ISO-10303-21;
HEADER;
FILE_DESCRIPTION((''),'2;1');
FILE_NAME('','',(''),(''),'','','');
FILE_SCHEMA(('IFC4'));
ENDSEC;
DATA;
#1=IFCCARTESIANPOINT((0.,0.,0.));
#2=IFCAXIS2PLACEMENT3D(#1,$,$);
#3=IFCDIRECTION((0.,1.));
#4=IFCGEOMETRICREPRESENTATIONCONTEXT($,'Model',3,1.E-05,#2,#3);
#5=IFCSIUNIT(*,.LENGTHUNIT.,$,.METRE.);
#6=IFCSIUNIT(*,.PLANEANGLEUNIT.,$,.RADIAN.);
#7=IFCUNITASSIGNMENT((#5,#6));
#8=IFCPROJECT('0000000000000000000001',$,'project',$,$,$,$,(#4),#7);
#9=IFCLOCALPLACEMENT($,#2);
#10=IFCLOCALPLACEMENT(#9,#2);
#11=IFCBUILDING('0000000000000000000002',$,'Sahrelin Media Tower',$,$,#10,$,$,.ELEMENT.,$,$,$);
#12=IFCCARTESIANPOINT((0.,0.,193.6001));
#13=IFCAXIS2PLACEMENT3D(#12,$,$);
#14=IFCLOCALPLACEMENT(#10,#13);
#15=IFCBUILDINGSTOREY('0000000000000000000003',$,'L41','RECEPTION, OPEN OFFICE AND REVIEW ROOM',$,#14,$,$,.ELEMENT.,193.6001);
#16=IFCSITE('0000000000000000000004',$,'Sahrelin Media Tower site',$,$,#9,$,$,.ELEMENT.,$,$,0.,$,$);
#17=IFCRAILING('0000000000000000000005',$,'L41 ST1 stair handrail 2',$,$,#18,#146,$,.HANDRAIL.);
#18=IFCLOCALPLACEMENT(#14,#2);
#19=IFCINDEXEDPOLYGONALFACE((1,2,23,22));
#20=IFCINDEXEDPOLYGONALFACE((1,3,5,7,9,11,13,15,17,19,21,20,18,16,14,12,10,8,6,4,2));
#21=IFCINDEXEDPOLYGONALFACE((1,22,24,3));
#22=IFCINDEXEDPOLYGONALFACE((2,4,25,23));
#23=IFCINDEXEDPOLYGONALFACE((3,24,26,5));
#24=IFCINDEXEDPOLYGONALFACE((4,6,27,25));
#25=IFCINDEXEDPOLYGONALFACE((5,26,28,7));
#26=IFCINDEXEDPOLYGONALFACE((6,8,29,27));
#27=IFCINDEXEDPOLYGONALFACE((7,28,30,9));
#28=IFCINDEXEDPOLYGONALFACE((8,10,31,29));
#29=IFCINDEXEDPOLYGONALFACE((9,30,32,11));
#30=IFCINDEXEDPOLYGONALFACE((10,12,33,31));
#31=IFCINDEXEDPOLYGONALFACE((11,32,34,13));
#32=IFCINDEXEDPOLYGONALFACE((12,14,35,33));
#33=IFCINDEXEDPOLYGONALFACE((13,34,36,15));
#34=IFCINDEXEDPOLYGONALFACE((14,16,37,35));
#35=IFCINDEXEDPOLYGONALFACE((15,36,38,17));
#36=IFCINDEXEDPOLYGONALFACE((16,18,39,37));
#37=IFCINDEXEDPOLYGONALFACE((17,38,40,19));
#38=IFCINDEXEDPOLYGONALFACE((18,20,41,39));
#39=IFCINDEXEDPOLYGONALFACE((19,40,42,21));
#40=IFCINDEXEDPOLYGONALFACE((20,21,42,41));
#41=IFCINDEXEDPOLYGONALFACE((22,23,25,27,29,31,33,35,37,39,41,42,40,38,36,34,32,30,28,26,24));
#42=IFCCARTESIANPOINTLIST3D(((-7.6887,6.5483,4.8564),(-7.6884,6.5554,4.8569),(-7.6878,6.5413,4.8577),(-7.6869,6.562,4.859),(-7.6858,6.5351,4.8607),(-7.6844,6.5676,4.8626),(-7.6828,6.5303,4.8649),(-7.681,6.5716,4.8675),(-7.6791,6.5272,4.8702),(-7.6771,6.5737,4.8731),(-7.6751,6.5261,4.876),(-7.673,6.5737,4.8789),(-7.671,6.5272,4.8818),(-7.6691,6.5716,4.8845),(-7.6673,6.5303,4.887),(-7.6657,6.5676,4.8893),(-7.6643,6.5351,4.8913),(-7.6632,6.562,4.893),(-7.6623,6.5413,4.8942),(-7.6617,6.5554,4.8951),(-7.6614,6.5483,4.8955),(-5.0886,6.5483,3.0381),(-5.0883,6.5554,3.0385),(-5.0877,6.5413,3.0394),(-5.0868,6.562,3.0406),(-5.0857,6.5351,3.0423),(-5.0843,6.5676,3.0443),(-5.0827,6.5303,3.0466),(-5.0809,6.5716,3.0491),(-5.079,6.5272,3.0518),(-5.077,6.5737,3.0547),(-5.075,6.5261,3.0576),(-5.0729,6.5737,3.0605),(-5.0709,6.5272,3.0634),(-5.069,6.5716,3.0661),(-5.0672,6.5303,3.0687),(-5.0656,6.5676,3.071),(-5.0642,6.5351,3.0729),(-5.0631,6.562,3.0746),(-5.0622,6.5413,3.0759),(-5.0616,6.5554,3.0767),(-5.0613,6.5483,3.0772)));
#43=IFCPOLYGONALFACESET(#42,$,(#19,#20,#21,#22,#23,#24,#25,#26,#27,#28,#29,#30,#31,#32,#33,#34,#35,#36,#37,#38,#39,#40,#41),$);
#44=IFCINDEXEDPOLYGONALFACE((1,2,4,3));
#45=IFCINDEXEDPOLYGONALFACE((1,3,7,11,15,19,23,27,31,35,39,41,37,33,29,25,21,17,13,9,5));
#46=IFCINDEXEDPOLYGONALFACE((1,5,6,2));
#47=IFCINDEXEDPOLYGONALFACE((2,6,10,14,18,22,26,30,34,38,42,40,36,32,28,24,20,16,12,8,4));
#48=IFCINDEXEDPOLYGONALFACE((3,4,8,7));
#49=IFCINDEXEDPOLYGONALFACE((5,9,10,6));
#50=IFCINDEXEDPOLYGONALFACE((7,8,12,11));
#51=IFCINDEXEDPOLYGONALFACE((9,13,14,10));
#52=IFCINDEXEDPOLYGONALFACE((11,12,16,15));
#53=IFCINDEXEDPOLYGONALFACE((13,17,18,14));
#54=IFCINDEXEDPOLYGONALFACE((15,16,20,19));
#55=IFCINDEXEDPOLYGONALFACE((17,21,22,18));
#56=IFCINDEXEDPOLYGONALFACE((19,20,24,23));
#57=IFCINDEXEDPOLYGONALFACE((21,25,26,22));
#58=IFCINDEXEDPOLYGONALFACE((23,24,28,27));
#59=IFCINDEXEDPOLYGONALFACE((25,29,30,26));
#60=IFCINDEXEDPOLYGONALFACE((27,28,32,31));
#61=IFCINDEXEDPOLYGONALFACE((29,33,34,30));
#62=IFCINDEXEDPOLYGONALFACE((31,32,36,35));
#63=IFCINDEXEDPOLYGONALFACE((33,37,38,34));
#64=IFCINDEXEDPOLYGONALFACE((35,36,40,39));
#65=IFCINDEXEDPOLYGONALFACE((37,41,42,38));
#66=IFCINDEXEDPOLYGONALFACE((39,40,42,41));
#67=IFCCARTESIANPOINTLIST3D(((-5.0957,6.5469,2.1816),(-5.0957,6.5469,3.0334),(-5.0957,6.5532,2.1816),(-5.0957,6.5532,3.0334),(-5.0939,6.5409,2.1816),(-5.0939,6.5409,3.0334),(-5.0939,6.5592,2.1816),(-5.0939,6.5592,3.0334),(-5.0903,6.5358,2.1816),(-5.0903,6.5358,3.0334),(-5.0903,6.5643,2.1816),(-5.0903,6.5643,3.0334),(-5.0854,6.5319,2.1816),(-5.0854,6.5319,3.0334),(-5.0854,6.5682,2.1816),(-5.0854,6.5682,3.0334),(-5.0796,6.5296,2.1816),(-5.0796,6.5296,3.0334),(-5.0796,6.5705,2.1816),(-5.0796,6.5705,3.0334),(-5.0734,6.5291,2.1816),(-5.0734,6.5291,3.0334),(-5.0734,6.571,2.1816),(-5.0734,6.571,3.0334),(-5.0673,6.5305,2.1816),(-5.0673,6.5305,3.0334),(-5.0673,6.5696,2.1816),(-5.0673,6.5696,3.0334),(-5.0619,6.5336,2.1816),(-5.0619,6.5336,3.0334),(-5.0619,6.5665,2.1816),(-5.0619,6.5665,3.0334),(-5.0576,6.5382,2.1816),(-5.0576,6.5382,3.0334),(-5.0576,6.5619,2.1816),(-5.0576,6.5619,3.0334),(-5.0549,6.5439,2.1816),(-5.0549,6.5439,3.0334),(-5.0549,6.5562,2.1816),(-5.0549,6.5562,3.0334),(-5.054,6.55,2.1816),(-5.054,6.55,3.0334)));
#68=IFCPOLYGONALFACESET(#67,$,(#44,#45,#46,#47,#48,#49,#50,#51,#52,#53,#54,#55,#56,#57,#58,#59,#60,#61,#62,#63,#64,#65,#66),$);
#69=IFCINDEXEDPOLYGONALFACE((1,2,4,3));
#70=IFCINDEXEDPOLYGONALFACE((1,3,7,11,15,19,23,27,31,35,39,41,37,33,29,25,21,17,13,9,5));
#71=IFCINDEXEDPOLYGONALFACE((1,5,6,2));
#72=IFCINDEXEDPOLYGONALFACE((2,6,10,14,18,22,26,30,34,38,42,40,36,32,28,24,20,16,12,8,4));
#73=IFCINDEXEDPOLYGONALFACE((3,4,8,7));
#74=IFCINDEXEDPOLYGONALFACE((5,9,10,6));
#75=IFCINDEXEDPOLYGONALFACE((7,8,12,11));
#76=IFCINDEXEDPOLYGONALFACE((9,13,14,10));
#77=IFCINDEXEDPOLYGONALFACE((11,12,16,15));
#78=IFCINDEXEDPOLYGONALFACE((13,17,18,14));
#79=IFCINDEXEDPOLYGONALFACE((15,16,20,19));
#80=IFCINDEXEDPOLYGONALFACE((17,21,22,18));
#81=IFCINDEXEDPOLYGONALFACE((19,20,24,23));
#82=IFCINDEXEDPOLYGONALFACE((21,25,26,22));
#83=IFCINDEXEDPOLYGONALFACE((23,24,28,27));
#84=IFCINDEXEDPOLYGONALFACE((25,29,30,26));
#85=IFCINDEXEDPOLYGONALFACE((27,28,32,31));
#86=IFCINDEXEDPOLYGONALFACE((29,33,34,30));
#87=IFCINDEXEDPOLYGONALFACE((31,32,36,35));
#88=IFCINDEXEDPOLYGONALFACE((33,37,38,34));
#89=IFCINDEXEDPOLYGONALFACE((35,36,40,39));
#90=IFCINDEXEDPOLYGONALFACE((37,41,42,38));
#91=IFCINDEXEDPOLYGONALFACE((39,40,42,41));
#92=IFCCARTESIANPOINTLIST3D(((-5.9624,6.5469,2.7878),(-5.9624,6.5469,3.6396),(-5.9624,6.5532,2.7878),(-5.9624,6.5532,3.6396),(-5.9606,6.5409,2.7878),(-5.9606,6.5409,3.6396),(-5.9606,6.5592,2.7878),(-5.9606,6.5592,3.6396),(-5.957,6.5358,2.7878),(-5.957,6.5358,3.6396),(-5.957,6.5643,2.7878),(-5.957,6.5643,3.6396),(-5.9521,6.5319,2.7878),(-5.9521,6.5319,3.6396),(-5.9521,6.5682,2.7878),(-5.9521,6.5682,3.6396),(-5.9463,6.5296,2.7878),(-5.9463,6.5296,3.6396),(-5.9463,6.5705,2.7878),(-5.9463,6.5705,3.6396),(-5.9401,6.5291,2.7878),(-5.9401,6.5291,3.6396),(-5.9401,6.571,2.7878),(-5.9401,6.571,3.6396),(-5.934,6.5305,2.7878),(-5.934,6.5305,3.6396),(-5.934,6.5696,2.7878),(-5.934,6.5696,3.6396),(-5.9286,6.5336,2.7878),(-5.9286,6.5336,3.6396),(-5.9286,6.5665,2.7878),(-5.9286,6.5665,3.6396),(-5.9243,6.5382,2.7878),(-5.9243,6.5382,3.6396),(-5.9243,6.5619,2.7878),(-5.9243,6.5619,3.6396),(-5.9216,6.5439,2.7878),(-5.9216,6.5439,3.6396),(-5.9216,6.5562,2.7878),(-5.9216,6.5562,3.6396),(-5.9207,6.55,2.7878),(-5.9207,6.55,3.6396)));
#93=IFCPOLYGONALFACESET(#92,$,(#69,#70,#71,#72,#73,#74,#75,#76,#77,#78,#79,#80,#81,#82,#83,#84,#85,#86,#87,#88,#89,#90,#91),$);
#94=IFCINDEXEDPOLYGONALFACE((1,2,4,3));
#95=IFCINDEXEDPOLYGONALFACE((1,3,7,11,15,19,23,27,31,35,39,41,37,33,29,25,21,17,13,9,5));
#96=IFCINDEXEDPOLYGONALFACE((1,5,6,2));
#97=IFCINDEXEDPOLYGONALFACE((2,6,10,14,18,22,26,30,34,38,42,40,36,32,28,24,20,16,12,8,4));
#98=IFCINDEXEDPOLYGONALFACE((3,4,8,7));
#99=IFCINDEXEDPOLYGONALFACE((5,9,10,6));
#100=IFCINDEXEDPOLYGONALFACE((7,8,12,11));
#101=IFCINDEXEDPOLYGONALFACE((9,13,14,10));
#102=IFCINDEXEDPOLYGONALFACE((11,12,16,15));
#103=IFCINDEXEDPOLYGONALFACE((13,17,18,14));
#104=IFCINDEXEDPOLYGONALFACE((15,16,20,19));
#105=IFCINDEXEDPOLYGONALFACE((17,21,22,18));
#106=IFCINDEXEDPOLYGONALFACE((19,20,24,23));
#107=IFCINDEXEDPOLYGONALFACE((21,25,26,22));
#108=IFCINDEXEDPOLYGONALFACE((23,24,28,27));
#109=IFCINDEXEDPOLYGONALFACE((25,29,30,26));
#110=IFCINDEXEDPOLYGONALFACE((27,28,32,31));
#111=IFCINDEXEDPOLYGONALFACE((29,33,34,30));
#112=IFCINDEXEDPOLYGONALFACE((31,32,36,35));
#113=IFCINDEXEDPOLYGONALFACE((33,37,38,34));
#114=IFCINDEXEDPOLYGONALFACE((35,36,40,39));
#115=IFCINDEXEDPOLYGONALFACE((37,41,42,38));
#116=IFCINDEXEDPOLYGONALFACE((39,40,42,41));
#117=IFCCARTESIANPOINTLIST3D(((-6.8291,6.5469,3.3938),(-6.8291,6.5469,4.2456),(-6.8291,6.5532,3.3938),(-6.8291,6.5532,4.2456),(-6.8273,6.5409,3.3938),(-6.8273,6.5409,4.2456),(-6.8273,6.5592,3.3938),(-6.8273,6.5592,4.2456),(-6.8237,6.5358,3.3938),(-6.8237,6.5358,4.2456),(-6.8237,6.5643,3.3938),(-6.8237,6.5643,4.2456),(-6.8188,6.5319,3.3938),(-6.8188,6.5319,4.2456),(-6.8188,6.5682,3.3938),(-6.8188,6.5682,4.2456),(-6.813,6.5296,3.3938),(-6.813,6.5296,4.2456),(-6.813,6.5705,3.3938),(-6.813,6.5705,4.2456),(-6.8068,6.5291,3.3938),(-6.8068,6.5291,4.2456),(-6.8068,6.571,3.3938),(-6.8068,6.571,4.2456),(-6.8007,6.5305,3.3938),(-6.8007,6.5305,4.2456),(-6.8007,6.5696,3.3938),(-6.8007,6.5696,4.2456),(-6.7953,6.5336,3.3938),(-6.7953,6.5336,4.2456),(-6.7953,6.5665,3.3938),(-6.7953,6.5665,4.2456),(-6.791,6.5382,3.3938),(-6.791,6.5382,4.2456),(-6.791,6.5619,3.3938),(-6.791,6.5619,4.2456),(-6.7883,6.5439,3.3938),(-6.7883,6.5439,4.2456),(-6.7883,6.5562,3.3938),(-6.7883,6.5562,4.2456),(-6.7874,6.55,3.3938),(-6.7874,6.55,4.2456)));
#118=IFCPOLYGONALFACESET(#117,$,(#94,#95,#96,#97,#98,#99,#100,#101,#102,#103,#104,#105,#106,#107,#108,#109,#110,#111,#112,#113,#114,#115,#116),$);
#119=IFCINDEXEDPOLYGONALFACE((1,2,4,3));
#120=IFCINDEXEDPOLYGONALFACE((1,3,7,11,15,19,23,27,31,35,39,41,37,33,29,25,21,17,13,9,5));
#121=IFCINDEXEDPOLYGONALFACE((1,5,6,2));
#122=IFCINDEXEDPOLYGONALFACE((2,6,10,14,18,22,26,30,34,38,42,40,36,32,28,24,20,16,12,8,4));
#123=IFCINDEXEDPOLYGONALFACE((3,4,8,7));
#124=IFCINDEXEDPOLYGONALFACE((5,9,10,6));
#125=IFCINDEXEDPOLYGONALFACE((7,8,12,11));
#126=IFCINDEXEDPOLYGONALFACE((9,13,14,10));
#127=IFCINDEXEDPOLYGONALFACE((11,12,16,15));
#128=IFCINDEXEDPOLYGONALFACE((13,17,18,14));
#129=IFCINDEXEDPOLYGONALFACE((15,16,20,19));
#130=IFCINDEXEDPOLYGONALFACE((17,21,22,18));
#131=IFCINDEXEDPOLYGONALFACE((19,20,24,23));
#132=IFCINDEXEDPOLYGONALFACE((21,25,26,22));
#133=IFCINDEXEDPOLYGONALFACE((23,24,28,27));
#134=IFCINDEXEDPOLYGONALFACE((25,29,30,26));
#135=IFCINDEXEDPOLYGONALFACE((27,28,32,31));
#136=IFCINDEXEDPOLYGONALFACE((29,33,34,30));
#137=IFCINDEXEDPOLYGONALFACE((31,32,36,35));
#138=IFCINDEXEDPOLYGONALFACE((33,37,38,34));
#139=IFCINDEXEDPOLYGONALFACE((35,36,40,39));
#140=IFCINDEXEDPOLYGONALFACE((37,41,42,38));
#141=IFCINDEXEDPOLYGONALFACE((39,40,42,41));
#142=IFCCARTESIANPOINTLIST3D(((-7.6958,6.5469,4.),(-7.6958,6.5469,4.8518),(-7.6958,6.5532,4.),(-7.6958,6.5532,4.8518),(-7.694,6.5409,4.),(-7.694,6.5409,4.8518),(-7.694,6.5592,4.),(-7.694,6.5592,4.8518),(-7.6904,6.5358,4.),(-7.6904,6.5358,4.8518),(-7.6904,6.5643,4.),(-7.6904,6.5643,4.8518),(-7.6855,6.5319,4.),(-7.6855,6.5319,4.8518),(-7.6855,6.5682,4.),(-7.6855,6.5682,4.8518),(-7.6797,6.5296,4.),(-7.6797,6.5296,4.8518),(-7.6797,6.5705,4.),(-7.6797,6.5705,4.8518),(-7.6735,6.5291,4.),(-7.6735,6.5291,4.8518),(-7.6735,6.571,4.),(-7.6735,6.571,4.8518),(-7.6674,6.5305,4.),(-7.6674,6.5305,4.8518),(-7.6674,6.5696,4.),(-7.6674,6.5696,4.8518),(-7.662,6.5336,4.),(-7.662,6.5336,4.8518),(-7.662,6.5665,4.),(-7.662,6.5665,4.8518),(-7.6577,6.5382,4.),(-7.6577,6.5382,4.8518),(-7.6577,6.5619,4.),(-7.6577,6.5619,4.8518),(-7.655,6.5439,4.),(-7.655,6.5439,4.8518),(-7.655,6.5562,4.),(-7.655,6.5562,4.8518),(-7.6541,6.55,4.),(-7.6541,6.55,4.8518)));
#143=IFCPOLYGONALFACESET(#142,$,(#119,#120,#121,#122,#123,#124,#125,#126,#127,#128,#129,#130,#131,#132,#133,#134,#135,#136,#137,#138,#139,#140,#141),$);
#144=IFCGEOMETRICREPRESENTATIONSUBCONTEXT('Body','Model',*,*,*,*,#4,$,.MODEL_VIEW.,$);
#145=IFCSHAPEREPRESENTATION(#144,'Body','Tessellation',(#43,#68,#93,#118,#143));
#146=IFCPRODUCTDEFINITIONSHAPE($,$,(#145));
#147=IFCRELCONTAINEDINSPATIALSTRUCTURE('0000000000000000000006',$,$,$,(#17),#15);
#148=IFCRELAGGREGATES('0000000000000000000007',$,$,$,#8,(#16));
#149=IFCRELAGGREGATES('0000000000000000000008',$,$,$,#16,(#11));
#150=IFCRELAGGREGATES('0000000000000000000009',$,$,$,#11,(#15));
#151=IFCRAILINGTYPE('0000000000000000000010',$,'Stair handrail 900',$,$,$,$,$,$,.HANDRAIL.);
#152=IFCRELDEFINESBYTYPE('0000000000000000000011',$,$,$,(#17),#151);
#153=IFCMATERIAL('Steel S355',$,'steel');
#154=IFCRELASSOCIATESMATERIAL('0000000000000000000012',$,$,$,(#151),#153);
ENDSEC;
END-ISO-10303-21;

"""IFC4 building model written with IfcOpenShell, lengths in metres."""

from ifc_helpers import new_model, si_unit, direction, frame, origin, origin_2d, place, context, subcontext, project, spatial, circle, extrude, material, type_object, element, save


model = new_model("IFC4")

# Units and contexts
model_context = context("Model", 3, precision=1e-05, world=origin(), true_north=direction((0.0, 1.0)))
body_context = subcontext(model_context, "Body", "Model", "MODEL_VIEW")
ifc_project = project(units=[si_unit("LENGTHUNIT", "METRE"), si_unit("PLANEANGLEUNIT", "RADIAN")], contexts=[model_context])

# Site, building, storey
site_placement = place(None, origin())
site = spatial("IfcSite", under=ifc_project, at=site_placement, Name="Sahrelin Media Tower site", CompositionType="ELEMENT", RefElevation=0.0)
building_placement = place(site_placement, origin())
building = spatial("IfcBuilding", under=site, at=building_placement, Name="Sahrelin Media Tower", CompositionType="ELEMENT")
storey_placement = place(building_placement, frame((0.0, 0.0, 193.6001)))
storey = spatial("IfcBuildingStorey", under=building, at=storey_placement, Name="L41", Description="RECEPTION, OPEN OFFICE AND REVIEW ROOM", CompositionType="ELEMENT", Elevation=193.6001)

# Shared definitions
ifc_material_1 = material(Name="Steel S355", Category="steel")

# Railing
railing_type_1 = type_object("IfcRailingType", Name="Stair handrail 900", PredefinedType="HANDRAIL", material=ifc_material_1)
railing_1_placement = place(storey_placement, frame((-5.075, 6.55, 2.1816)))
element("IfcRailing", 1, at=railing_1_placement, inside=storey, type_object=railing_type_1, Name="L41 ST1 stair handrail 2", PredefinedType="HANDRAIL", context=body_context, shape_type="SweptSolid", body=[
    extrude(circle(Radius=0.0239, at=origin_2d()), frame((0.0, 0.0, 0.876), z_axis=(-0.819485, 0.0, 0.573101), x_axis=(0.0, -1.0, 0.0)), (0.0, 0.0, 1.0), 3.1729),
    extrude(circle(Radius=0.021, at=origin_2d()), origin(), (0.0, 0.0, 1.0), 0.8518),
    extrude(circle(Radius=0.021, at=origin_2d()), frame((-0.8667, 0.0, 0.6062)), (0.0, 0.0, 1.0), 0.8518),
    extrude(circle(Radius=0.021, at=origin_2d()), frame((-1.7334, 0.0, 1.2122)), (0.0, 0.0, 1.0), 0.8518),
    extrude(circle(Radius=0.021, at=origin_2d()), frame((-2.6001, 0.0, 1.8184)), (0.0, 0.0, 1.0), 0.8518),
])

save(model, "model.ifc")
